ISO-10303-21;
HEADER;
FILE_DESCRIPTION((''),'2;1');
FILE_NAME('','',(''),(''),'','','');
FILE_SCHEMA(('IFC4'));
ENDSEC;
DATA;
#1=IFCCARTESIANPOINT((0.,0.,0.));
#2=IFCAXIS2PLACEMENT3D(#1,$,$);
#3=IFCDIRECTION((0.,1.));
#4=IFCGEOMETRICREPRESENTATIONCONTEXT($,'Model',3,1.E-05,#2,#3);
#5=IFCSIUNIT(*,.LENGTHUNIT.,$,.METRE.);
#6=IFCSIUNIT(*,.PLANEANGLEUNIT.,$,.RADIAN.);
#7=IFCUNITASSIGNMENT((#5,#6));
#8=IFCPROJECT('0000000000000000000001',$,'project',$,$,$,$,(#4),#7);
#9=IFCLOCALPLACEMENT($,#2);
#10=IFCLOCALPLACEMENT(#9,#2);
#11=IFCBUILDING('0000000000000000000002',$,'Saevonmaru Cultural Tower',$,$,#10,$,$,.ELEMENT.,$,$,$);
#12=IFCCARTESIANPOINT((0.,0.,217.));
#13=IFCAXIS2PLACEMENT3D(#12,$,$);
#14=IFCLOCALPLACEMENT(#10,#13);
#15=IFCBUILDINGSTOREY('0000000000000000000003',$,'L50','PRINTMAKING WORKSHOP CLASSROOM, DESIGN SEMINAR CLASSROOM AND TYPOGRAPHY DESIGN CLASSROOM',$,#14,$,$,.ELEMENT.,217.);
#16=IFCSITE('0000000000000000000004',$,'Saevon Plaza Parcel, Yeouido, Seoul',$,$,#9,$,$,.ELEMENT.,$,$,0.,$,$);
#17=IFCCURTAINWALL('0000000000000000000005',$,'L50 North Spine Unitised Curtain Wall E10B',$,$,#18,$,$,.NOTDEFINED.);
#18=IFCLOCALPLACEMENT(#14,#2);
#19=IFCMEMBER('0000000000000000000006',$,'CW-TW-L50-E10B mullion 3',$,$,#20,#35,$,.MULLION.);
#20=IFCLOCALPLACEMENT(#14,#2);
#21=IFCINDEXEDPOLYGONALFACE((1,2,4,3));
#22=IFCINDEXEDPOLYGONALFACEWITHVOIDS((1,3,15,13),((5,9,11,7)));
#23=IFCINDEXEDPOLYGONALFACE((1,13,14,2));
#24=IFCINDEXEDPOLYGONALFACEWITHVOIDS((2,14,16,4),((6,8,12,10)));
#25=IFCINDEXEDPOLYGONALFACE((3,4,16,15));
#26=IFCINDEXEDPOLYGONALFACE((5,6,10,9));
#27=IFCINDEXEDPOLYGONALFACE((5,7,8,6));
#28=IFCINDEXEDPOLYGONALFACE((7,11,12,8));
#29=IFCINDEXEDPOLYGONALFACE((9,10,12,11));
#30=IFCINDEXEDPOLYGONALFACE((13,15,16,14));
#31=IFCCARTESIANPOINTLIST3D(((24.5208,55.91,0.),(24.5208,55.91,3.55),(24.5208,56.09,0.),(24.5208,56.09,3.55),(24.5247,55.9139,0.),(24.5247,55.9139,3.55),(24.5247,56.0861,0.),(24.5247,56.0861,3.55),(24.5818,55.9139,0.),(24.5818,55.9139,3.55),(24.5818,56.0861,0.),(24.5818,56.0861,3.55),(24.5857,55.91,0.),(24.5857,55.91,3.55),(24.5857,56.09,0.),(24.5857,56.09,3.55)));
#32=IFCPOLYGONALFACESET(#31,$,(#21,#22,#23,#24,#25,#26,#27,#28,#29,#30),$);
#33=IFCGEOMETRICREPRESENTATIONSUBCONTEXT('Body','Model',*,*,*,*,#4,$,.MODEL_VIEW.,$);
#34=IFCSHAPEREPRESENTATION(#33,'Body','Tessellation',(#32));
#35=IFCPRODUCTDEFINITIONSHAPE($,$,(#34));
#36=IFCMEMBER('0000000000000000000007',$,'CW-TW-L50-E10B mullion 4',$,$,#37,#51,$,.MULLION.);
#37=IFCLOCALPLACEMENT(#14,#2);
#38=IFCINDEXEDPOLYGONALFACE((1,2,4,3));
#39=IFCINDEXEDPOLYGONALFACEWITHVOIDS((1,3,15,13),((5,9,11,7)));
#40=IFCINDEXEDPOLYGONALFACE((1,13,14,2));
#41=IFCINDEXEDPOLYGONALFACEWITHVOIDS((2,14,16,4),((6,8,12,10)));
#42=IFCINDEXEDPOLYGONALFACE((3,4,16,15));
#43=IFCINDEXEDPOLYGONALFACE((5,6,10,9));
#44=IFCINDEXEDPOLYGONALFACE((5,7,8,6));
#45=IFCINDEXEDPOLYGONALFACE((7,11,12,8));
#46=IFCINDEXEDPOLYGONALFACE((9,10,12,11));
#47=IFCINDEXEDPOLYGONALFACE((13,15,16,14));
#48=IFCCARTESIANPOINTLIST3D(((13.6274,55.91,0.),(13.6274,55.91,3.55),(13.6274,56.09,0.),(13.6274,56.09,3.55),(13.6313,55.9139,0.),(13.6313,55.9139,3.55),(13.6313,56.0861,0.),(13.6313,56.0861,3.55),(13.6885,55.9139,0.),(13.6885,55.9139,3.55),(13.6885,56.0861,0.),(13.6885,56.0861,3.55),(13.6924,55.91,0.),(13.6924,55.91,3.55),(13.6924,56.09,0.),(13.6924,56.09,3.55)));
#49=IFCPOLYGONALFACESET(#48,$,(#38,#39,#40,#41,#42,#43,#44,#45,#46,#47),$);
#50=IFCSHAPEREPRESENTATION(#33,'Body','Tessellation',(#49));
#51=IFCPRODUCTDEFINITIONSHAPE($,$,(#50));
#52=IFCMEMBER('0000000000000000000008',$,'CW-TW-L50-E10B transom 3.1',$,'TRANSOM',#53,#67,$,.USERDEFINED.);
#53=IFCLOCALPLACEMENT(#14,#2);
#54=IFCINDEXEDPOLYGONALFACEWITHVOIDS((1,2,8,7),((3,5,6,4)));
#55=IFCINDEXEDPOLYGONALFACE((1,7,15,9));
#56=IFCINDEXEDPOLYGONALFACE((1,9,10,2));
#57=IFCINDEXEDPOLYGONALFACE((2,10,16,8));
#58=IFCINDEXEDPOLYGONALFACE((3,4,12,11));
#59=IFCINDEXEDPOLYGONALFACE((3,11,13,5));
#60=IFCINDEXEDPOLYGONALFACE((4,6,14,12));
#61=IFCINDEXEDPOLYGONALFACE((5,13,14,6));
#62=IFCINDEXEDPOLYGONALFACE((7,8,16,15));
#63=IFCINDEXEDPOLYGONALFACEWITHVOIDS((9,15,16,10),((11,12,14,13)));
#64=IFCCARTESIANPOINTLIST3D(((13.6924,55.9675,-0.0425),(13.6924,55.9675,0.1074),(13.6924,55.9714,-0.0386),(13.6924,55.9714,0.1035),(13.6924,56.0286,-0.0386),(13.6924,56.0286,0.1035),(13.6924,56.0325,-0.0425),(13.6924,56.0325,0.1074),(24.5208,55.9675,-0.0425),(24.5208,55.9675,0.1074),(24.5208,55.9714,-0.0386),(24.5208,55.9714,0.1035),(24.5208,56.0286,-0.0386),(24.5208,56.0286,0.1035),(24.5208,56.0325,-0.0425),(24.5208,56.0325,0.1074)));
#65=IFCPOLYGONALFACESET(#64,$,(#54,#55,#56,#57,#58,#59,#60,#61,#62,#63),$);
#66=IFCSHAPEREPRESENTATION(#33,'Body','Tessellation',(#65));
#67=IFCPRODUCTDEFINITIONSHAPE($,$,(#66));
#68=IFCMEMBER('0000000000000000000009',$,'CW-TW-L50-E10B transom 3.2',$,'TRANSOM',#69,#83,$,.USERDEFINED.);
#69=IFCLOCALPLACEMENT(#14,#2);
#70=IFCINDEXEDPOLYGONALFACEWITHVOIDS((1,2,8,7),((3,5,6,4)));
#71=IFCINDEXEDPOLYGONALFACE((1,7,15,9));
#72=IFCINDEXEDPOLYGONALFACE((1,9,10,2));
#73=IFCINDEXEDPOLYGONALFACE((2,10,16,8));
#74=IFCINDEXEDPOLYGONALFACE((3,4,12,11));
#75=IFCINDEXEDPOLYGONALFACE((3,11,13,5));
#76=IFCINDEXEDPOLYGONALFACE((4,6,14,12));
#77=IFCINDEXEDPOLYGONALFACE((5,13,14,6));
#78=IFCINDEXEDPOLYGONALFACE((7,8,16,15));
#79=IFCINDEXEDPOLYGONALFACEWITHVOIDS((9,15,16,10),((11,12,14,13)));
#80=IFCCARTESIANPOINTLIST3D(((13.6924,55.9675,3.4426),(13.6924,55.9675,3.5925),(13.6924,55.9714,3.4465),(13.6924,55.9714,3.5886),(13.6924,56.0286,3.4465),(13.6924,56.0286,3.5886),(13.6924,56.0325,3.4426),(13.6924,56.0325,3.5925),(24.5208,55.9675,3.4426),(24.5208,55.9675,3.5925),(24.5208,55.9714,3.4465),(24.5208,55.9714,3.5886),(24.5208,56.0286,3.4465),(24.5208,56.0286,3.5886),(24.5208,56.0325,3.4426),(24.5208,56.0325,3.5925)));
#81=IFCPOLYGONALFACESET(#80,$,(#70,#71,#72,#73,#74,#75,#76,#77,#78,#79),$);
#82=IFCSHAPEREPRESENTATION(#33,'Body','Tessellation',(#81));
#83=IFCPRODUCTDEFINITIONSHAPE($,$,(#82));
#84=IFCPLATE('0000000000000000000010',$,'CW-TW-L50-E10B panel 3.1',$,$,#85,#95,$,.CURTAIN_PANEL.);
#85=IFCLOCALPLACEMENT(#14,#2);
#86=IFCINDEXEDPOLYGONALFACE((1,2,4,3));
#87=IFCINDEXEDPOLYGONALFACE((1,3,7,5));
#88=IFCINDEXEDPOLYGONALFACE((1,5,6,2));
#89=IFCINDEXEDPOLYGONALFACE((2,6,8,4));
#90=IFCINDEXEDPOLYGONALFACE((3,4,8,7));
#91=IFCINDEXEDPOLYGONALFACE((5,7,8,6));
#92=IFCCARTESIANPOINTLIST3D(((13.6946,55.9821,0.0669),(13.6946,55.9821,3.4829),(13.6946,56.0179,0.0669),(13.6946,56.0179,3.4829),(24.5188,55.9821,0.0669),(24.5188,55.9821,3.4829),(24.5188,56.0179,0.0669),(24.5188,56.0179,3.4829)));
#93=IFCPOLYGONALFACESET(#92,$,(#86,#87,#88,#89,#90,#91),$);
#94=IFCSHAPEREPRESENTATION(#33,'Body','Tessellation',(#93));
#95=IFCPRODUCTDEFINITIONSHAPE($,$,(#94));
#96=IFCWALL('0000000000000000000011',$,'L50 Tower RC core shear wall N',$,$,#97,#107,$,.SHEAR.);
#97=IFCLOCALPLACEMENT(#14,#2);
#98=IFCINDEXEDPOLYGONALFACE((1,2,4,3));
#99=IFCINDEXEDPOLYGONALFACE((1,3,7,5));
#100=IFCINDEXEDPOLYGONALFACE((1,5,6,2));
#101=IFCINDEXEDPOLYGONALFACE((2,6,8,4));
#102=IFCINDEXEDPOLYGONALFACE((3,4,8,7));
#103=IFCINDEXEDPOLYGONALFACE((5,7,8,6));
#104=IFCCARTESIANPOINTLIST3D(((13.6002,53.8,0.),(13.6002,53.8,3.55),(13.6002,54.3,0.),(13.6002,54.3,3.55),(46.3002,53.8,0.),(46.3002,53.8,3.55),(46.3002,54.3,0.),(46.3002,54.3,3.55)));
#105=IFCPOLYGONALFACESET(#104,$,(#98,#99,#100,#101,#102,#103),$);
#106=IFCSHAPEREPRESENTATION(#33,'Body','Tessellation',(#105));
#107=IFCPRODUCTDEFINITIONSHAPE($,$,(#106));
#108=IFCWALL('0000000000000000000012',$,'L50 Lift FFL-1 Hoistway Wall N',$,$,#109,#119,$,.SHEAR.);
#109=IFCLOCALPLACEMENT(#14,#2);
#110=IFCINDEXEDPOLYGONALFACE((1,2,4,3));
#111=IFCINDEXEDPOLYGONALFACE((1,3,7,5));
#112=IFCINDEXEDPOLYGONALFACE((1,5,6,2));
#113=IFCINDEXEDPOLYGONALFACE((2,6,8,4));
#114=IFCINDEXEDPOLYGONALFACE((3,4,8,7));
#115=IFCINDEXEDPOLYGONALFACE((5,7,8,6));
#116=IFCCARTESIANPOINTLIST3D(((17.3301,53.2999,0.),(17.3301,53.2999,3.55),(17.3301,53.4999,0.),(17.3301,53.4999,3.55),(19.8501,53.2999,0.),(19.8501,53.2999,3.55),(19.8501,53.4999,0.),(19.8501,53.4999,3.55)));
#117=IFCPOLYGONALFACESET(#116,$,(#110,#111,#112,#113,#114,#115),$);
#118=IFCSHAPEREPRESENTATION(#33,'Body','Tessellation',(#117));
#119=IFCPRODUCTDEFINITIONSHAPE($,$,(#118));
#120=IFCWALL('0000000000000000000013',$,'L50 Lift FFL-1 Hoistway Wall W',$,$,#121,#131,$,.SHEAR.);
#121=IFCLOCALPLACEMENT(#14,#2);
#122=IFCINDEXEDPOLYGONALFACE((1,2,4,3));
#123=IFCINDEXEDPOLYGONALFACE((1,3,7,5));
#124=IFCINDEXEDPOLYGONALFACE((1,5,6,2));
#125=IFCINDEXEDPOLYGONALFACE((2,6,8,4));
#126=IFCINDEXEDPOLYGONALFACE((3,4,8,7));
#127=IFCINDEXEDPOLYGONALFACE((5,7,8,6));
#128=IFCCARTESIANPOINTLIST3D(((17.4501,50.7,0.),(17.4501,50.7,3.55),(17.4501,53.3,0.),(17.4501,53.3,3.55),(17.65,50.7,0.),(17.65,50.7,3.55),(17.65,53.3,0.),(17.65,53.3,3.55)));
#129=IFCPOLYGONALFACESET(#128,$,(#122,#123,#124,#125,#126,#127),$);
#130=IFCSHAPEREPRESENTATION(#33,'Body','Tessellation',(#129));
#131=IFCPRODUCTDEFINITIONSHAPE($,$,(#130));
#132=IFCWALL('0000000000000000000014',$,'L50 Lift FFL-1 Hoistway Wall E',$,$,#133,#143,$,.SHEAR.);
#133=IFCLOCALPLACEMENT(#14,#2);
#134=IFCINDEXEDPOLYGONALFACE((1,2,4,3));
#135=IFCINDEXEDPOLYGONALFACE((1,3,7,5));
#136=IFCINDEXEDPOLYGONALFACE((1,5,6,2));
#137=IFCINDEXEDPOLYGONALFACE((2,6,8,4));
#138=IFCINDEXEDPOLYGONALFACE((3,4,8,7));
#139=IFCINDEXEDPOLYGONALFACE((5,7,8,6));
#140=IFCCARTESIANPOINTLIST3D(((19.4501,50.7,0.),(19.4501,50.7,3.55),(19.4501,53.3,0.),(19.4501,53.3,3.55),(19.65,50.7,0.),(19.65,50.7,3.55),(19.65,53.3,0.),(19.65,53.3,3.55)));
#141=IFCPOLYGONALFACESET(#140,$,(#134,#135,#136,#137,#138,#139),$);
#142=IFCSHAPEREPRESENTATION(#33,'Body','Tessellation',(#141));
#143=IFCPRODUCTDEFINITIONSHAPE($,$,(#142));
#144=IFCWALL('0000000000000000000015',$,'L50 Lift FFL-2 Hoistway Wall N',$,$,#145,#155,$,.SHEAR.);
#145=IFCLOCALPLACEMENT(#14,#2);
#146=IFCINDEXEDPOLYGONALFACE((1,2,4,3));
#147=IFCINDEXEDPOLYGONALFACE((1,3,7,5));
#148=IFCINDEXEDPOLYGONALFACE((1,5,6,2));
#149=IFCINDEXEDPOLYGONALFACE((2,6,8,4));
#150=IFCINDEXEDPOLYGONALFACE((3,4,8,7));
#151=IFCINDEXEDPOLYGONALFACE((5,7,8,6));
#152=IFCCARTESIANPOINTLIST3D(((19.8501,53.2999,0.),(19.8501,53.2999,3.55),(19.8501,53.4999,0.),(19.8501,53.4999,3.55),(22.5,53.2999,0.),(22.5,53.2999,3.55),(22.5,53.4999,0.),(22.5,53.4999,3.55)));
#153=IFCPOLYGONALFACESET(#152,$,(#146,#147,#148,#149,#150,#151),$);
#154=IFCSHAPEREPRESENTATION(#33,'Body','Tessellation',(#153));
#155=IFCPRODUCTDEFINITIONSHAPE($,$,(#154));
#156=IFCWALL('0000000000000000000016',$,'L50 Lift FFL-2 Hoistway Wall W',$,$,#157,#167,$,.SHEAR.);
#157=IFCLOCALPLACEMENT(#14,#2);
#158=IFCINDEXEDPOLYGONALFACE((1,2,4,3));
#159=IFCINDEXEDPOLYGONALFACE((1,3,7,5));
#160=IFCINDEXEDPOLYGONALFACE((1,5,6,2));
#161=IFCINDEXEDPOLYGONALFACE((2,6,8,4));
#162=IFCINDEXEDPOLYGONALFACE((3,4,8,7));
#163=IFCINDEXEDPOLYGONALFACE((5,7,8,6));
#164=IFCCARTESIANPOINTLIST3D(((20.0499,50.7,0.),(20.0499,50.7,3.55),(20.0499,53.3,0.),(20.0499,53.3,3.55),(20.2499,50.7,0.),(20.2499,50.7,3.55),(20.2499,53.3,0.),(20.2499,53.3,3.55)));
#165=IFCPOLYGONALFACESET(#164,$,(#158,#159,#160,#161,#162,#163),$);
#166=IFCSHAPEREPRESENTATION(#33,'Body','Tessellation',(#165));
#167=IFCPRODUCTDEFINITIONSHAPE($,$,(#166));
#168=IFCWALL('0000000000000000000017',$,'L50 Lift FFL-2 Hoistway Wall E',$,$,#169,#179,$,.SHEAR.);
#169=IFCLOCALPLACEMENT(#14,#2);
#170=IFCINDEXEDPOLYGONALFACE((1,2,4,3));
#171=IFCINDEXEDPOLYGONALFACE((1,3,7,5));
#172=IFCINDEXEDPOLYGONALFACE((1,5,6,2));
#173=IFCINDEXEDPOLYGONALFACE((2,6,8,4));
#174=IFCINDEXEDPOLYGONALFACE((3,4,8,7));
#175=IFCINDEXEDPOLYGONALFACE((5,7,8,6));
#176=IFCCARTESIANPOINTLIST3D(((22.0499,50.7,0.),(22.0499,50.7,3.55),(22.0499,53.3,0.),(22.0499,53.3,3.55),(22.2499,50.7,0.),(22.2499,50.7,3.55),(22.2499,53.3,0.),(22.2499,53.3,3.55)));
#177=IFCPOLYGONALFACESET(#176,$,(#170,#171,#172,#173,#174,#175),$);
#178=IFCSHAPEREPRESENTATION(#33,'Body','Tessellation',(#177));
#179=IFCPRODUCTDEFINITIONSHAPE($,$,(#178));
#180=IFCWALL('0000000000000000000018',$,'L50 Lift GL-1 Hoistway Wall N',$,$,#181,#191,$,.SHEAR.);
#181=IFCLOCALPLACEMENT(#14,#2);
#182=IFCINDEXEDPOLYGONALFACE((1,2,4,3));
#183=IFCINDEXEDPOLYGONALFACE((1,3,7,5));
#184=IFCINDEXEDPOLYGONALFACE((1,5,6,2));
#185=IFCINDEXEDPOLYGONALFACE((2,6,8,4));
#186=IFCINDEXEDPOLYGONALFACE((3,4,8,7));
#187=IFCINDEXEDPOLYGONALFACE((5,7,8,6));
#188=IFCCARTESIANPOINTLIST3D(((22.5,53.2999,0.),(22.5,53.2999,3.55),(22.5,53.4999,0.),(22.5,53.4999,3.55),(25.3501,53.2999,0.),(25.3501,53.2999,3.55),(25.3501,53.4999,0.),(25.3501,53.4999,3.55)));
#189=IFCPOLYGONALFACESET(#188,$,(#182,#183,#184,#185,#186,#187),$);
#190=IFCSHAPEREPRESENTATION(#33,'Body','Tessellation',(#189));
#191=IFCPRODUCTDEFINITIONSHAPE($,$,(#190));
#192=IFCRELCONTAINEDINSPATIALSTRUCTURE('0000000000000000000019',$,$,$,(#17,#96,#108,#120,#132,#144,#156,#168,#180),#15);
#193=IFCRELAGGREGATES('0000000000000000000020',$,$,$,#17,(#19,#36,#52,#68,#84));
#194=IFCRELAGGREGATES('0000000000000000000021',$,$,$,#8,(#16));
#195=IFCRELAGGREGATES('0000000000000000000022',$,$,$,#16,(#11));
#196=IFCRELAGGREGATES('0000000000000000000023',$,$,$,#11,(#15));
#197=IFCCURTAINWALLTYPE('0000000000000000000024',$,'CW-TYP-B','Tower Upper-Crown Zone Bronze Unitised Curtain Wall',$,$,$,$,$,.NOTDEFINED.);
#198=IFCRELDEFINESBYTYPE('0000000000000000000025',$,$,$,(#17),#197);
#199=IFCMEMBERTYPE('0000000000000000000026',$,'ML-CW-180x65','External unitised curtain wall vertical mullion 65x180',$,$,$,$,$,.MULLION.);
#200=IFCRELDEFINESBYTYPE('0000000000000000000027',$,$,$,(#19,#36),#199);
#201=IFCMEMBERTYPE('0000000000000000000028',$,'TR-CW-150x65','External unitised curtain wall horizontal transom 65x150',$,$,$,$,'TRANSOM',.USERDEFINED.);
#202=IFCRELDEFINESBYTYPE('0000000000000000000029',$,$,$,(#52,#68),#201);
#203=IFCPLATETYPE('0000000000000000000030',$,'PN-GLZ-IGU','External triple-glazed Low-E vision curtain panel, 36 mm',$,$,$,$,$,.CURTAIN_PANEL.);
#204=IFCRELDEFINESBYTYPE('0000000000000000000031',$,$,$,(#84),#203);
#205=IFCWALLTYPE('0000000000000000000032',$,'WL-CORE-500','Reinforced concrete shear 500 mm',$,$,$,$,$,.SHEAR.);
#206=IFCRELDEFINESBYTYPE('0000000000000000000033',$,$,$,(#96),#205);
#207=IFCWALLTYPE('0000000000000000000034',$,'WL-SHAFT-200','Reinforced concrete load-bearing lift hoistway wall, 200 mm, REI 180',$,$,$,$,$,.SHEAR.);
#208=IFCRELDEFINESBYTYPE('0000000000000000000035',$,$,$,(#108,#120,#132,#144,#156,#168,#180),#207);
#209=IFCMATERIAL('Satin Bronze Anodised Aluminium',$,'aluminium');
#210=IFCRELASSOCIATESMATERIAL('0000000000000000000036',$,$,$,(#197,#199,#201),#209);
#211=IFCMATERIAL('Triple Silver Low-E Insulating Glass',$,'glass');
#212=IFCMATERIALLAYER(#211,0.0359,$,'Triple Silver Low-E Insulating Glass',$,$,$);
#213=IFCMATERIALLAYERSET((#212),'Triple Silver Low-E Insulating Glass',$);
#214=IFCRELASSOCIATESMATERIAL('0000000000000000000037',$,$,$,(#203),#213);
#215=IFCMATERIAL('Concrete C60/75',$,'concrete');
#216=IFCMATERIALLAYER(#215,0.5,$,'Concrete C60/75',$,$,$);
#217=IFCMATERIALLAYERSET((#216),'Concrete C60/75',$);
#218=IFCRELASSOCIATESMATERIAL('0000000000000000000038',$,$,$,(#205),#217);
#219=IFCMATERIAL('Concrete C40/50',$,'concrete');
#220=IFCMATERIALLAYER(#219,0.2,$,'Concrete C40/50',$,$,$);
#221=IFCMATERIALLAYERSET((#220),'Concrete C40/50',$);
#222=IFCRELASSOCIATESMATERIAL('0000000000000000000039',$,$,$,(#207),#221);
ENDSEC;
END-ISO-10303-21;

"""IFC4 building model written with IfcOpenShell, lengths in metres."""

from ifc_helpers import new_model, si_unit, direction, frame, frame_2d, origin, origin_2d, place, context, subcontext, project, spatial, rectangle, hollow_rectangle, extrude, material, layer, layer_set, material_profile, profile_set, type_object, element, aggregate, save


model = new_model("IFC4")

# Units and contexts
model_context = context("Model", 3, precision=1e-05, world=origin(), true_north=direction((0.0, 1.0)))
body_context = subcontext(model_context, "Body", "Model", "MODEL_VIEW")
ifc_project = project(units=[si_unit("LENGTHUNIT", "METRE"), si_unit("PLANEANGLEUNIT", "RADIAN")], contexts=[model_context])

# Site, building, storey
site_placement = place(None, origin())
site = spatial("IfcSite", under=ifc_project, at=site_placement, Name="Saevon Plaza Parcel, Yeouido, Seoul", CompositionType="ELEMENT", RefElevation=0.0)
building_placement = place(site_placement, origin())
building = spatial("IfcBuilding", under=site, at=building_placement, Name="Saevonmaru Cultural Tower", CompositionType="ELEMENT")
storey_placement = place(building_placement, frame((0.0, 0.0, 217.0)))
storey = spatial("IfcBuildingStorey", under=building, at=storey_placement, Name="L50", Description="PRINTMAKING WORKSHOP CLASSROOM, DESIGN SEMINAR CLASSROOM AND TYPOGRAPHY DESIGN CLASSROOM", CompositionType="ELEMENT", Elevation=217.0)

# Curtain wall, members, plate
ifc_material_1 = material(Name="Satin Bronze Anodised Aluminium", Category="aluminium")
curtain_wall_type = type_object("IfcCurtainWallType", Name="CW-TYP-B", Description="Tower Upper-Crown Zone Bronze Unitised Curtain Wall", PredefinedType="NOTDEFINED", material=ifc_material_1)
curtain_wall_placement = place(storey_placement, origin())
curtain_wall = element("IfcCurtainWall", 1, at=curtain_wall_placement, inside=storey, type_object=curtain_wall_type, Name="L50 North Spine Unitised Curtain Wall E10B", PredefinedType="NOTDEFINED")
ifc_material_profile_1 = material_profile(ifc_material_1, hollow_rectangle(XDim=0.0649, YDim=0.1799, WallThickness=0.0039, at=origin_2d()), Name="ALU-MULL-180x65x4")
ifc_profile_set_1 = profile_set([ifc_material_profile_1], Name="Satin Bronze Anodised Aluminium")
member_type_1 = type_object("IfcMemberType", Name="ML-CW-180x65", Description="External unitised curtain wall vertical mullion 65x180", PredefinedType="MULLION", material=ifc_profile_set_1)
member_1_placement = place(storey_placement, frame((24.5532, 56.0, 0.0), z_axis=(0.0, 0.0, 1.0), x_axis=(-1.0, 0.0, 0.0)))
member_1 = element("IfcMember", 2, at=member_1_placement, type_object=member_type_1, Name="CW-TW-L50-E10B mullion 3", PredefinedType="MULLION", context=body_context, shape_type="SweptSolid", body=[
    extrude(hollow_rectangle(XDim=0.0649, YDim=0.1799, WallThickness=0.0039, at=origin_2d()), origin(), (0.0, 0.0, 1.0), 3.55),
])
member_2_placement = place(storey_placement, frame((13.6599, 56.0, 0.0), z_axis=(0.0, 0.0, 1.0), x_axis=(-1.0, 0.0, 0.0)))
member_2 = element("IfcMember", 3, at=member_2_placement, type_object=member_type_1, Name="CW-TW-L50-E10B mullion 4", PredefinedType="MULLION", context=body_context, shape_type="SweptSolid", body=[
    extrude(hollow_rectangle(XDim=0.0649, YDim=0.1799, WallThickness=0.0039, at=origin_2d()), origin(), (0.0, 0.0, 1.0), 3.55),
])
ifc_material_profile_2 = material_profile(ifc_material_1, hollow_rectangle(XDim=0.0649, YDim=0.1499, WallThickness=0.0039, at=origin_2d()), Name="ALU-TRAN-150x65x4")
ifc_profile_set_2 = profile_set([ifc_material_profile_2], Name="Satin Bronze Anodised Aluminium")
member_type_2 = type_object("IfcMemberType", Name="TR-CW-150x65", Description="External unitised curtain wall horizontal transom 65x150", ElementType="TRANSOM", PredefinedType="USERDEFINED", material=ifc_profile_set_2)
member_3_placement = place(storey_placement, frame((24.5208, 56.0, 0.0325), z_axis=(-1.0, 0.0, 0.0), x_axis=(0.0, -1.0, 0.0)))
member_3 = element("IfcMember", 4, at=member_3_placement, type_object=member_type_2, Name="CW-TW-L50-E10B transom 3.1", ObjectType="TRANSOM", PredefinedType="USERDEFINED", context=body_context, shape_type="SweptSolid", body=[
    extrude(hollow_rectangle(XDim=0.0649, YDim=0.1499, WallThickness=0.0039, at=origin_2d()), origin(), (0.0, 0.0, 1.0), 10.8284),
])
member_4_placement = place(storey_placement, frame((24.5208, 56.0, 3.5176), z_axis=(-1.0, 0.0, 0.0), x_axis=(0.0, -1.0, 0.0)))
member_4 = element("IfcMember", 5, at=member_4_placement, type_object=member_type_2, Name="CW-TW-L50-E10B transom 3.2", ObjectType="TRANSOM", PredefinedType="USERDEFINED", context=body_context, shape_type="SweptSolid", body=[
    extrude(hollow_rectangle(XDim=0.0649, YDim=0.1499, WallThickness=0.0039, at=origin_2d()), origin(), (0.0, 0.0, 1.0), 10.8284),
])
ifc_material_2 = material(Name="Triple Silver Low-E Insulating Glass", Category="glass")
ifc_layer_1 = layer(ifc_material_2, 0.0359, Name="Triple Silver Low-E Insulating Glass")
ifc_layer_set_1 = layer_set([ifc_layer_1], Name="Triple Silver Low-E Insulating Glass")
plate_type = type_object("IfcPlateType", Name="PN-GLZ-IGU", Description="External triple-glazed Low-E vision curtain panel, 36 mm", PredefinedType="CURTAIN_PANEL", material=ifc_layer_set_1)
plate_placement = place(storey_placement, frame((19.1067, 56.0, 0.0669), z_axis=(0.0, 0.0, 1.0), x_axis=(-1.0, 0.0, 0.0)))
plate = element("IfcPlate", 6, at=plate_placement, type_object=plate_type, Name="CW-TW-L50-E10B panel 3.1", PredefinedType="CURTAIN_PANEL", context=body_context, shape_type="SweptSolid", body=[
    extrude(rectangle(XDim=10.8242, YDim=0.0359, at=origin_2d()), origin(), (0.0, 0.0, 1.0), 3.416),
])
aggregate(curtain_wall, [member_1, member_2, member_3, member_4, plate])

# Walls
ifc_material_3 = material(Name="Concrete C60/75", Category="concrete")
ifc_layer_2 = layer(ifc_material_3, 0.5, Name="Concrete C60/75")
ifc_layer_set_2 = layer_set([ifc_layer_2], Name="Concrete C60/75")
wall_type_1 = type_object("IfcWallType", Name="WL-CORE-500", Description="Reinforced concrete shear 500 mm", PredefinedType="SHEAR", material=ifc_layer_set_2)
wall_1_placement = place(storey_placement, frame((13.6001, 54.05, 0.0), z_axis=(0.0, 0.0, 1.0), x_axis=(1.0, 0.0, 0.0)))
element("IfcWall", 7, at=wall_1_placement, inside=storey, type_object=wall_type_1, Name="L50 Tower RC core shear wall N", PredefinedType="SHEAR", context=body_context, shape_type="SweptSolid", body=[
    extrude(rectangle(XDim=32.7, YDim=0.5, at=frame_2d((16.3501, 0.0))), origin(), (0.0, 0.0, 1.0), 3.55),
])
ifc_material_4 = material(Name="Concrete C40/50", Category="concrete")
ifc_layer_3 = layer(ifc_material_4, 0.2, Name="Concrete C40/50")
ifc_layer_set_3 = layer_set([ifc_layer_3], Name="Concrete C40/50")
wall_type_2 = type_object("IfcWallType", Name="WL-SHAFT-200", Description="Reinforced concrete load-bearing lift hoistway wall, 200 mm, REI 180", PredefinedType="SHEAR", material=ifc_layer_set_3)
wall_2_placement = place(storey_placement, frame((17.3301, 53.3999, 0.0), z_axis=(0.0, 0.0, 1.0), x_axis=(1.0, 0.0, 0.0)))
element("IfcWall", 8, at=wall_2_placement, inside=storey, type_object=wall_type_2, Name="L50 Lift FFL-1 Hoistway Wall N", PredefinedType="SHEAR", context=body_context, shape_type="SweptSolid", body=[
    extrude(rectangle(XDim=2.52, YDim=0.2, at=frame_2d((1.26, 0.0))), origin(), (0.0, 0.0, 1.0), 3.55),
])
for number, where, z_axis, x_axis, name in (
    (9, (17.55, 50.7, 0.0), (0.0, 0.0, 1.0), (0.0, 1.0, 0.0), "L50 Lift FFL-1 Hoistway Wall W"),
    (10, (19.55, 50.7, 0.0), (0.0, 0.0, 1.0), (0.0, 1.0, 0.0), "L50 Lift FFL-1 Hoistway Wall E"),
):
    element("IfcWall", number, at=place(storey_placement, frame(where, z_axis=z_axis, x_axis=x_axis)), inside=storey, type_object=wall_type_2, Name=name, PredefinedType="SHEAR", context=body_context, shape_type="SweptSolid", body=[
        extrude(rectangle(XDim=2.6001, YDim=0.2, at=frame_2d((1.3, 0.0))), origin(), (0.0, 0.0, 1.0), 3.55),
    ])
wall_3_placement = place(storey_placement, frame((19.8501, 53.3999, 0.0), z_axis=(0.0, 0.0, 1.0), x_axis=(1.0, 0.0, 0.0)))
element("IfcWall", 11, at=wall_3_placement, inside=storey, type_object=wall_type_2, Name="L50 Lift FFL-2 Hoistway Wall N", PredefinedType="SHEAR", context=body_context, shape_type="SweptSolid", body=[
    extrude(rectangle(XDim=2.6499, YDim=0.2, at=frame_2d((1.325, 0.0))), origin(), (0.0, 0.0, 1.0), 3.55),
])
for number, where, z_axis, x_axis, name in (
    (12, (20.1499, 50.7, 0.0), (0.0, 0.0, 1.0), (0.0, 1.0, 0.0), "L50 Lift FFL-2 Hoistway Wall W"),
    (13, (22.1499, 50.7, 0.0), (0.0, 0.0, 1.0), (0.0, 1.0, 0.0), "L50 Lift FFL-2 Hoistway Wall E"),
):
    element("IfcWall", number, at=place(storey_placement, frame(where, z_axis=z_axis, x_axis=x_axis)), inside=storey, type_object=wall_type_2, Name=name, PredefinedType="SHEAR", context=body_context, shape_type="SweptSolid", body=[
        extrude(rectangle(XDim=2.6001, YDim=0.2, at=frame_2d((1.3, 0.0))), origin(), (0.0, 0.0, 1.0), 3.55),
    ])
wall_4_placement = place(storey_placement, frame((22.5, 53.3999, 0.0), z_axis=(0.0, 0.0, 1.0), x_axis=(1.0, 0.0, 0.0)))
element("IfcWall", 14, at=wall_4_placement, inside=storey, type_object=wall_type_2, Name="L50 Lift GL-1 Hoistway Wall N", PredefinedType="SHEAR", context=body_context, shape_type="SweptSolid", body=[
    extrude(rectangle(XDim=2.8501, YDim=0.2, at=frame_2d((1.425, 0.0))), origin(), (0.0, 0.0, 1.0), 3.55),
])

save(model, "model.ifc")
